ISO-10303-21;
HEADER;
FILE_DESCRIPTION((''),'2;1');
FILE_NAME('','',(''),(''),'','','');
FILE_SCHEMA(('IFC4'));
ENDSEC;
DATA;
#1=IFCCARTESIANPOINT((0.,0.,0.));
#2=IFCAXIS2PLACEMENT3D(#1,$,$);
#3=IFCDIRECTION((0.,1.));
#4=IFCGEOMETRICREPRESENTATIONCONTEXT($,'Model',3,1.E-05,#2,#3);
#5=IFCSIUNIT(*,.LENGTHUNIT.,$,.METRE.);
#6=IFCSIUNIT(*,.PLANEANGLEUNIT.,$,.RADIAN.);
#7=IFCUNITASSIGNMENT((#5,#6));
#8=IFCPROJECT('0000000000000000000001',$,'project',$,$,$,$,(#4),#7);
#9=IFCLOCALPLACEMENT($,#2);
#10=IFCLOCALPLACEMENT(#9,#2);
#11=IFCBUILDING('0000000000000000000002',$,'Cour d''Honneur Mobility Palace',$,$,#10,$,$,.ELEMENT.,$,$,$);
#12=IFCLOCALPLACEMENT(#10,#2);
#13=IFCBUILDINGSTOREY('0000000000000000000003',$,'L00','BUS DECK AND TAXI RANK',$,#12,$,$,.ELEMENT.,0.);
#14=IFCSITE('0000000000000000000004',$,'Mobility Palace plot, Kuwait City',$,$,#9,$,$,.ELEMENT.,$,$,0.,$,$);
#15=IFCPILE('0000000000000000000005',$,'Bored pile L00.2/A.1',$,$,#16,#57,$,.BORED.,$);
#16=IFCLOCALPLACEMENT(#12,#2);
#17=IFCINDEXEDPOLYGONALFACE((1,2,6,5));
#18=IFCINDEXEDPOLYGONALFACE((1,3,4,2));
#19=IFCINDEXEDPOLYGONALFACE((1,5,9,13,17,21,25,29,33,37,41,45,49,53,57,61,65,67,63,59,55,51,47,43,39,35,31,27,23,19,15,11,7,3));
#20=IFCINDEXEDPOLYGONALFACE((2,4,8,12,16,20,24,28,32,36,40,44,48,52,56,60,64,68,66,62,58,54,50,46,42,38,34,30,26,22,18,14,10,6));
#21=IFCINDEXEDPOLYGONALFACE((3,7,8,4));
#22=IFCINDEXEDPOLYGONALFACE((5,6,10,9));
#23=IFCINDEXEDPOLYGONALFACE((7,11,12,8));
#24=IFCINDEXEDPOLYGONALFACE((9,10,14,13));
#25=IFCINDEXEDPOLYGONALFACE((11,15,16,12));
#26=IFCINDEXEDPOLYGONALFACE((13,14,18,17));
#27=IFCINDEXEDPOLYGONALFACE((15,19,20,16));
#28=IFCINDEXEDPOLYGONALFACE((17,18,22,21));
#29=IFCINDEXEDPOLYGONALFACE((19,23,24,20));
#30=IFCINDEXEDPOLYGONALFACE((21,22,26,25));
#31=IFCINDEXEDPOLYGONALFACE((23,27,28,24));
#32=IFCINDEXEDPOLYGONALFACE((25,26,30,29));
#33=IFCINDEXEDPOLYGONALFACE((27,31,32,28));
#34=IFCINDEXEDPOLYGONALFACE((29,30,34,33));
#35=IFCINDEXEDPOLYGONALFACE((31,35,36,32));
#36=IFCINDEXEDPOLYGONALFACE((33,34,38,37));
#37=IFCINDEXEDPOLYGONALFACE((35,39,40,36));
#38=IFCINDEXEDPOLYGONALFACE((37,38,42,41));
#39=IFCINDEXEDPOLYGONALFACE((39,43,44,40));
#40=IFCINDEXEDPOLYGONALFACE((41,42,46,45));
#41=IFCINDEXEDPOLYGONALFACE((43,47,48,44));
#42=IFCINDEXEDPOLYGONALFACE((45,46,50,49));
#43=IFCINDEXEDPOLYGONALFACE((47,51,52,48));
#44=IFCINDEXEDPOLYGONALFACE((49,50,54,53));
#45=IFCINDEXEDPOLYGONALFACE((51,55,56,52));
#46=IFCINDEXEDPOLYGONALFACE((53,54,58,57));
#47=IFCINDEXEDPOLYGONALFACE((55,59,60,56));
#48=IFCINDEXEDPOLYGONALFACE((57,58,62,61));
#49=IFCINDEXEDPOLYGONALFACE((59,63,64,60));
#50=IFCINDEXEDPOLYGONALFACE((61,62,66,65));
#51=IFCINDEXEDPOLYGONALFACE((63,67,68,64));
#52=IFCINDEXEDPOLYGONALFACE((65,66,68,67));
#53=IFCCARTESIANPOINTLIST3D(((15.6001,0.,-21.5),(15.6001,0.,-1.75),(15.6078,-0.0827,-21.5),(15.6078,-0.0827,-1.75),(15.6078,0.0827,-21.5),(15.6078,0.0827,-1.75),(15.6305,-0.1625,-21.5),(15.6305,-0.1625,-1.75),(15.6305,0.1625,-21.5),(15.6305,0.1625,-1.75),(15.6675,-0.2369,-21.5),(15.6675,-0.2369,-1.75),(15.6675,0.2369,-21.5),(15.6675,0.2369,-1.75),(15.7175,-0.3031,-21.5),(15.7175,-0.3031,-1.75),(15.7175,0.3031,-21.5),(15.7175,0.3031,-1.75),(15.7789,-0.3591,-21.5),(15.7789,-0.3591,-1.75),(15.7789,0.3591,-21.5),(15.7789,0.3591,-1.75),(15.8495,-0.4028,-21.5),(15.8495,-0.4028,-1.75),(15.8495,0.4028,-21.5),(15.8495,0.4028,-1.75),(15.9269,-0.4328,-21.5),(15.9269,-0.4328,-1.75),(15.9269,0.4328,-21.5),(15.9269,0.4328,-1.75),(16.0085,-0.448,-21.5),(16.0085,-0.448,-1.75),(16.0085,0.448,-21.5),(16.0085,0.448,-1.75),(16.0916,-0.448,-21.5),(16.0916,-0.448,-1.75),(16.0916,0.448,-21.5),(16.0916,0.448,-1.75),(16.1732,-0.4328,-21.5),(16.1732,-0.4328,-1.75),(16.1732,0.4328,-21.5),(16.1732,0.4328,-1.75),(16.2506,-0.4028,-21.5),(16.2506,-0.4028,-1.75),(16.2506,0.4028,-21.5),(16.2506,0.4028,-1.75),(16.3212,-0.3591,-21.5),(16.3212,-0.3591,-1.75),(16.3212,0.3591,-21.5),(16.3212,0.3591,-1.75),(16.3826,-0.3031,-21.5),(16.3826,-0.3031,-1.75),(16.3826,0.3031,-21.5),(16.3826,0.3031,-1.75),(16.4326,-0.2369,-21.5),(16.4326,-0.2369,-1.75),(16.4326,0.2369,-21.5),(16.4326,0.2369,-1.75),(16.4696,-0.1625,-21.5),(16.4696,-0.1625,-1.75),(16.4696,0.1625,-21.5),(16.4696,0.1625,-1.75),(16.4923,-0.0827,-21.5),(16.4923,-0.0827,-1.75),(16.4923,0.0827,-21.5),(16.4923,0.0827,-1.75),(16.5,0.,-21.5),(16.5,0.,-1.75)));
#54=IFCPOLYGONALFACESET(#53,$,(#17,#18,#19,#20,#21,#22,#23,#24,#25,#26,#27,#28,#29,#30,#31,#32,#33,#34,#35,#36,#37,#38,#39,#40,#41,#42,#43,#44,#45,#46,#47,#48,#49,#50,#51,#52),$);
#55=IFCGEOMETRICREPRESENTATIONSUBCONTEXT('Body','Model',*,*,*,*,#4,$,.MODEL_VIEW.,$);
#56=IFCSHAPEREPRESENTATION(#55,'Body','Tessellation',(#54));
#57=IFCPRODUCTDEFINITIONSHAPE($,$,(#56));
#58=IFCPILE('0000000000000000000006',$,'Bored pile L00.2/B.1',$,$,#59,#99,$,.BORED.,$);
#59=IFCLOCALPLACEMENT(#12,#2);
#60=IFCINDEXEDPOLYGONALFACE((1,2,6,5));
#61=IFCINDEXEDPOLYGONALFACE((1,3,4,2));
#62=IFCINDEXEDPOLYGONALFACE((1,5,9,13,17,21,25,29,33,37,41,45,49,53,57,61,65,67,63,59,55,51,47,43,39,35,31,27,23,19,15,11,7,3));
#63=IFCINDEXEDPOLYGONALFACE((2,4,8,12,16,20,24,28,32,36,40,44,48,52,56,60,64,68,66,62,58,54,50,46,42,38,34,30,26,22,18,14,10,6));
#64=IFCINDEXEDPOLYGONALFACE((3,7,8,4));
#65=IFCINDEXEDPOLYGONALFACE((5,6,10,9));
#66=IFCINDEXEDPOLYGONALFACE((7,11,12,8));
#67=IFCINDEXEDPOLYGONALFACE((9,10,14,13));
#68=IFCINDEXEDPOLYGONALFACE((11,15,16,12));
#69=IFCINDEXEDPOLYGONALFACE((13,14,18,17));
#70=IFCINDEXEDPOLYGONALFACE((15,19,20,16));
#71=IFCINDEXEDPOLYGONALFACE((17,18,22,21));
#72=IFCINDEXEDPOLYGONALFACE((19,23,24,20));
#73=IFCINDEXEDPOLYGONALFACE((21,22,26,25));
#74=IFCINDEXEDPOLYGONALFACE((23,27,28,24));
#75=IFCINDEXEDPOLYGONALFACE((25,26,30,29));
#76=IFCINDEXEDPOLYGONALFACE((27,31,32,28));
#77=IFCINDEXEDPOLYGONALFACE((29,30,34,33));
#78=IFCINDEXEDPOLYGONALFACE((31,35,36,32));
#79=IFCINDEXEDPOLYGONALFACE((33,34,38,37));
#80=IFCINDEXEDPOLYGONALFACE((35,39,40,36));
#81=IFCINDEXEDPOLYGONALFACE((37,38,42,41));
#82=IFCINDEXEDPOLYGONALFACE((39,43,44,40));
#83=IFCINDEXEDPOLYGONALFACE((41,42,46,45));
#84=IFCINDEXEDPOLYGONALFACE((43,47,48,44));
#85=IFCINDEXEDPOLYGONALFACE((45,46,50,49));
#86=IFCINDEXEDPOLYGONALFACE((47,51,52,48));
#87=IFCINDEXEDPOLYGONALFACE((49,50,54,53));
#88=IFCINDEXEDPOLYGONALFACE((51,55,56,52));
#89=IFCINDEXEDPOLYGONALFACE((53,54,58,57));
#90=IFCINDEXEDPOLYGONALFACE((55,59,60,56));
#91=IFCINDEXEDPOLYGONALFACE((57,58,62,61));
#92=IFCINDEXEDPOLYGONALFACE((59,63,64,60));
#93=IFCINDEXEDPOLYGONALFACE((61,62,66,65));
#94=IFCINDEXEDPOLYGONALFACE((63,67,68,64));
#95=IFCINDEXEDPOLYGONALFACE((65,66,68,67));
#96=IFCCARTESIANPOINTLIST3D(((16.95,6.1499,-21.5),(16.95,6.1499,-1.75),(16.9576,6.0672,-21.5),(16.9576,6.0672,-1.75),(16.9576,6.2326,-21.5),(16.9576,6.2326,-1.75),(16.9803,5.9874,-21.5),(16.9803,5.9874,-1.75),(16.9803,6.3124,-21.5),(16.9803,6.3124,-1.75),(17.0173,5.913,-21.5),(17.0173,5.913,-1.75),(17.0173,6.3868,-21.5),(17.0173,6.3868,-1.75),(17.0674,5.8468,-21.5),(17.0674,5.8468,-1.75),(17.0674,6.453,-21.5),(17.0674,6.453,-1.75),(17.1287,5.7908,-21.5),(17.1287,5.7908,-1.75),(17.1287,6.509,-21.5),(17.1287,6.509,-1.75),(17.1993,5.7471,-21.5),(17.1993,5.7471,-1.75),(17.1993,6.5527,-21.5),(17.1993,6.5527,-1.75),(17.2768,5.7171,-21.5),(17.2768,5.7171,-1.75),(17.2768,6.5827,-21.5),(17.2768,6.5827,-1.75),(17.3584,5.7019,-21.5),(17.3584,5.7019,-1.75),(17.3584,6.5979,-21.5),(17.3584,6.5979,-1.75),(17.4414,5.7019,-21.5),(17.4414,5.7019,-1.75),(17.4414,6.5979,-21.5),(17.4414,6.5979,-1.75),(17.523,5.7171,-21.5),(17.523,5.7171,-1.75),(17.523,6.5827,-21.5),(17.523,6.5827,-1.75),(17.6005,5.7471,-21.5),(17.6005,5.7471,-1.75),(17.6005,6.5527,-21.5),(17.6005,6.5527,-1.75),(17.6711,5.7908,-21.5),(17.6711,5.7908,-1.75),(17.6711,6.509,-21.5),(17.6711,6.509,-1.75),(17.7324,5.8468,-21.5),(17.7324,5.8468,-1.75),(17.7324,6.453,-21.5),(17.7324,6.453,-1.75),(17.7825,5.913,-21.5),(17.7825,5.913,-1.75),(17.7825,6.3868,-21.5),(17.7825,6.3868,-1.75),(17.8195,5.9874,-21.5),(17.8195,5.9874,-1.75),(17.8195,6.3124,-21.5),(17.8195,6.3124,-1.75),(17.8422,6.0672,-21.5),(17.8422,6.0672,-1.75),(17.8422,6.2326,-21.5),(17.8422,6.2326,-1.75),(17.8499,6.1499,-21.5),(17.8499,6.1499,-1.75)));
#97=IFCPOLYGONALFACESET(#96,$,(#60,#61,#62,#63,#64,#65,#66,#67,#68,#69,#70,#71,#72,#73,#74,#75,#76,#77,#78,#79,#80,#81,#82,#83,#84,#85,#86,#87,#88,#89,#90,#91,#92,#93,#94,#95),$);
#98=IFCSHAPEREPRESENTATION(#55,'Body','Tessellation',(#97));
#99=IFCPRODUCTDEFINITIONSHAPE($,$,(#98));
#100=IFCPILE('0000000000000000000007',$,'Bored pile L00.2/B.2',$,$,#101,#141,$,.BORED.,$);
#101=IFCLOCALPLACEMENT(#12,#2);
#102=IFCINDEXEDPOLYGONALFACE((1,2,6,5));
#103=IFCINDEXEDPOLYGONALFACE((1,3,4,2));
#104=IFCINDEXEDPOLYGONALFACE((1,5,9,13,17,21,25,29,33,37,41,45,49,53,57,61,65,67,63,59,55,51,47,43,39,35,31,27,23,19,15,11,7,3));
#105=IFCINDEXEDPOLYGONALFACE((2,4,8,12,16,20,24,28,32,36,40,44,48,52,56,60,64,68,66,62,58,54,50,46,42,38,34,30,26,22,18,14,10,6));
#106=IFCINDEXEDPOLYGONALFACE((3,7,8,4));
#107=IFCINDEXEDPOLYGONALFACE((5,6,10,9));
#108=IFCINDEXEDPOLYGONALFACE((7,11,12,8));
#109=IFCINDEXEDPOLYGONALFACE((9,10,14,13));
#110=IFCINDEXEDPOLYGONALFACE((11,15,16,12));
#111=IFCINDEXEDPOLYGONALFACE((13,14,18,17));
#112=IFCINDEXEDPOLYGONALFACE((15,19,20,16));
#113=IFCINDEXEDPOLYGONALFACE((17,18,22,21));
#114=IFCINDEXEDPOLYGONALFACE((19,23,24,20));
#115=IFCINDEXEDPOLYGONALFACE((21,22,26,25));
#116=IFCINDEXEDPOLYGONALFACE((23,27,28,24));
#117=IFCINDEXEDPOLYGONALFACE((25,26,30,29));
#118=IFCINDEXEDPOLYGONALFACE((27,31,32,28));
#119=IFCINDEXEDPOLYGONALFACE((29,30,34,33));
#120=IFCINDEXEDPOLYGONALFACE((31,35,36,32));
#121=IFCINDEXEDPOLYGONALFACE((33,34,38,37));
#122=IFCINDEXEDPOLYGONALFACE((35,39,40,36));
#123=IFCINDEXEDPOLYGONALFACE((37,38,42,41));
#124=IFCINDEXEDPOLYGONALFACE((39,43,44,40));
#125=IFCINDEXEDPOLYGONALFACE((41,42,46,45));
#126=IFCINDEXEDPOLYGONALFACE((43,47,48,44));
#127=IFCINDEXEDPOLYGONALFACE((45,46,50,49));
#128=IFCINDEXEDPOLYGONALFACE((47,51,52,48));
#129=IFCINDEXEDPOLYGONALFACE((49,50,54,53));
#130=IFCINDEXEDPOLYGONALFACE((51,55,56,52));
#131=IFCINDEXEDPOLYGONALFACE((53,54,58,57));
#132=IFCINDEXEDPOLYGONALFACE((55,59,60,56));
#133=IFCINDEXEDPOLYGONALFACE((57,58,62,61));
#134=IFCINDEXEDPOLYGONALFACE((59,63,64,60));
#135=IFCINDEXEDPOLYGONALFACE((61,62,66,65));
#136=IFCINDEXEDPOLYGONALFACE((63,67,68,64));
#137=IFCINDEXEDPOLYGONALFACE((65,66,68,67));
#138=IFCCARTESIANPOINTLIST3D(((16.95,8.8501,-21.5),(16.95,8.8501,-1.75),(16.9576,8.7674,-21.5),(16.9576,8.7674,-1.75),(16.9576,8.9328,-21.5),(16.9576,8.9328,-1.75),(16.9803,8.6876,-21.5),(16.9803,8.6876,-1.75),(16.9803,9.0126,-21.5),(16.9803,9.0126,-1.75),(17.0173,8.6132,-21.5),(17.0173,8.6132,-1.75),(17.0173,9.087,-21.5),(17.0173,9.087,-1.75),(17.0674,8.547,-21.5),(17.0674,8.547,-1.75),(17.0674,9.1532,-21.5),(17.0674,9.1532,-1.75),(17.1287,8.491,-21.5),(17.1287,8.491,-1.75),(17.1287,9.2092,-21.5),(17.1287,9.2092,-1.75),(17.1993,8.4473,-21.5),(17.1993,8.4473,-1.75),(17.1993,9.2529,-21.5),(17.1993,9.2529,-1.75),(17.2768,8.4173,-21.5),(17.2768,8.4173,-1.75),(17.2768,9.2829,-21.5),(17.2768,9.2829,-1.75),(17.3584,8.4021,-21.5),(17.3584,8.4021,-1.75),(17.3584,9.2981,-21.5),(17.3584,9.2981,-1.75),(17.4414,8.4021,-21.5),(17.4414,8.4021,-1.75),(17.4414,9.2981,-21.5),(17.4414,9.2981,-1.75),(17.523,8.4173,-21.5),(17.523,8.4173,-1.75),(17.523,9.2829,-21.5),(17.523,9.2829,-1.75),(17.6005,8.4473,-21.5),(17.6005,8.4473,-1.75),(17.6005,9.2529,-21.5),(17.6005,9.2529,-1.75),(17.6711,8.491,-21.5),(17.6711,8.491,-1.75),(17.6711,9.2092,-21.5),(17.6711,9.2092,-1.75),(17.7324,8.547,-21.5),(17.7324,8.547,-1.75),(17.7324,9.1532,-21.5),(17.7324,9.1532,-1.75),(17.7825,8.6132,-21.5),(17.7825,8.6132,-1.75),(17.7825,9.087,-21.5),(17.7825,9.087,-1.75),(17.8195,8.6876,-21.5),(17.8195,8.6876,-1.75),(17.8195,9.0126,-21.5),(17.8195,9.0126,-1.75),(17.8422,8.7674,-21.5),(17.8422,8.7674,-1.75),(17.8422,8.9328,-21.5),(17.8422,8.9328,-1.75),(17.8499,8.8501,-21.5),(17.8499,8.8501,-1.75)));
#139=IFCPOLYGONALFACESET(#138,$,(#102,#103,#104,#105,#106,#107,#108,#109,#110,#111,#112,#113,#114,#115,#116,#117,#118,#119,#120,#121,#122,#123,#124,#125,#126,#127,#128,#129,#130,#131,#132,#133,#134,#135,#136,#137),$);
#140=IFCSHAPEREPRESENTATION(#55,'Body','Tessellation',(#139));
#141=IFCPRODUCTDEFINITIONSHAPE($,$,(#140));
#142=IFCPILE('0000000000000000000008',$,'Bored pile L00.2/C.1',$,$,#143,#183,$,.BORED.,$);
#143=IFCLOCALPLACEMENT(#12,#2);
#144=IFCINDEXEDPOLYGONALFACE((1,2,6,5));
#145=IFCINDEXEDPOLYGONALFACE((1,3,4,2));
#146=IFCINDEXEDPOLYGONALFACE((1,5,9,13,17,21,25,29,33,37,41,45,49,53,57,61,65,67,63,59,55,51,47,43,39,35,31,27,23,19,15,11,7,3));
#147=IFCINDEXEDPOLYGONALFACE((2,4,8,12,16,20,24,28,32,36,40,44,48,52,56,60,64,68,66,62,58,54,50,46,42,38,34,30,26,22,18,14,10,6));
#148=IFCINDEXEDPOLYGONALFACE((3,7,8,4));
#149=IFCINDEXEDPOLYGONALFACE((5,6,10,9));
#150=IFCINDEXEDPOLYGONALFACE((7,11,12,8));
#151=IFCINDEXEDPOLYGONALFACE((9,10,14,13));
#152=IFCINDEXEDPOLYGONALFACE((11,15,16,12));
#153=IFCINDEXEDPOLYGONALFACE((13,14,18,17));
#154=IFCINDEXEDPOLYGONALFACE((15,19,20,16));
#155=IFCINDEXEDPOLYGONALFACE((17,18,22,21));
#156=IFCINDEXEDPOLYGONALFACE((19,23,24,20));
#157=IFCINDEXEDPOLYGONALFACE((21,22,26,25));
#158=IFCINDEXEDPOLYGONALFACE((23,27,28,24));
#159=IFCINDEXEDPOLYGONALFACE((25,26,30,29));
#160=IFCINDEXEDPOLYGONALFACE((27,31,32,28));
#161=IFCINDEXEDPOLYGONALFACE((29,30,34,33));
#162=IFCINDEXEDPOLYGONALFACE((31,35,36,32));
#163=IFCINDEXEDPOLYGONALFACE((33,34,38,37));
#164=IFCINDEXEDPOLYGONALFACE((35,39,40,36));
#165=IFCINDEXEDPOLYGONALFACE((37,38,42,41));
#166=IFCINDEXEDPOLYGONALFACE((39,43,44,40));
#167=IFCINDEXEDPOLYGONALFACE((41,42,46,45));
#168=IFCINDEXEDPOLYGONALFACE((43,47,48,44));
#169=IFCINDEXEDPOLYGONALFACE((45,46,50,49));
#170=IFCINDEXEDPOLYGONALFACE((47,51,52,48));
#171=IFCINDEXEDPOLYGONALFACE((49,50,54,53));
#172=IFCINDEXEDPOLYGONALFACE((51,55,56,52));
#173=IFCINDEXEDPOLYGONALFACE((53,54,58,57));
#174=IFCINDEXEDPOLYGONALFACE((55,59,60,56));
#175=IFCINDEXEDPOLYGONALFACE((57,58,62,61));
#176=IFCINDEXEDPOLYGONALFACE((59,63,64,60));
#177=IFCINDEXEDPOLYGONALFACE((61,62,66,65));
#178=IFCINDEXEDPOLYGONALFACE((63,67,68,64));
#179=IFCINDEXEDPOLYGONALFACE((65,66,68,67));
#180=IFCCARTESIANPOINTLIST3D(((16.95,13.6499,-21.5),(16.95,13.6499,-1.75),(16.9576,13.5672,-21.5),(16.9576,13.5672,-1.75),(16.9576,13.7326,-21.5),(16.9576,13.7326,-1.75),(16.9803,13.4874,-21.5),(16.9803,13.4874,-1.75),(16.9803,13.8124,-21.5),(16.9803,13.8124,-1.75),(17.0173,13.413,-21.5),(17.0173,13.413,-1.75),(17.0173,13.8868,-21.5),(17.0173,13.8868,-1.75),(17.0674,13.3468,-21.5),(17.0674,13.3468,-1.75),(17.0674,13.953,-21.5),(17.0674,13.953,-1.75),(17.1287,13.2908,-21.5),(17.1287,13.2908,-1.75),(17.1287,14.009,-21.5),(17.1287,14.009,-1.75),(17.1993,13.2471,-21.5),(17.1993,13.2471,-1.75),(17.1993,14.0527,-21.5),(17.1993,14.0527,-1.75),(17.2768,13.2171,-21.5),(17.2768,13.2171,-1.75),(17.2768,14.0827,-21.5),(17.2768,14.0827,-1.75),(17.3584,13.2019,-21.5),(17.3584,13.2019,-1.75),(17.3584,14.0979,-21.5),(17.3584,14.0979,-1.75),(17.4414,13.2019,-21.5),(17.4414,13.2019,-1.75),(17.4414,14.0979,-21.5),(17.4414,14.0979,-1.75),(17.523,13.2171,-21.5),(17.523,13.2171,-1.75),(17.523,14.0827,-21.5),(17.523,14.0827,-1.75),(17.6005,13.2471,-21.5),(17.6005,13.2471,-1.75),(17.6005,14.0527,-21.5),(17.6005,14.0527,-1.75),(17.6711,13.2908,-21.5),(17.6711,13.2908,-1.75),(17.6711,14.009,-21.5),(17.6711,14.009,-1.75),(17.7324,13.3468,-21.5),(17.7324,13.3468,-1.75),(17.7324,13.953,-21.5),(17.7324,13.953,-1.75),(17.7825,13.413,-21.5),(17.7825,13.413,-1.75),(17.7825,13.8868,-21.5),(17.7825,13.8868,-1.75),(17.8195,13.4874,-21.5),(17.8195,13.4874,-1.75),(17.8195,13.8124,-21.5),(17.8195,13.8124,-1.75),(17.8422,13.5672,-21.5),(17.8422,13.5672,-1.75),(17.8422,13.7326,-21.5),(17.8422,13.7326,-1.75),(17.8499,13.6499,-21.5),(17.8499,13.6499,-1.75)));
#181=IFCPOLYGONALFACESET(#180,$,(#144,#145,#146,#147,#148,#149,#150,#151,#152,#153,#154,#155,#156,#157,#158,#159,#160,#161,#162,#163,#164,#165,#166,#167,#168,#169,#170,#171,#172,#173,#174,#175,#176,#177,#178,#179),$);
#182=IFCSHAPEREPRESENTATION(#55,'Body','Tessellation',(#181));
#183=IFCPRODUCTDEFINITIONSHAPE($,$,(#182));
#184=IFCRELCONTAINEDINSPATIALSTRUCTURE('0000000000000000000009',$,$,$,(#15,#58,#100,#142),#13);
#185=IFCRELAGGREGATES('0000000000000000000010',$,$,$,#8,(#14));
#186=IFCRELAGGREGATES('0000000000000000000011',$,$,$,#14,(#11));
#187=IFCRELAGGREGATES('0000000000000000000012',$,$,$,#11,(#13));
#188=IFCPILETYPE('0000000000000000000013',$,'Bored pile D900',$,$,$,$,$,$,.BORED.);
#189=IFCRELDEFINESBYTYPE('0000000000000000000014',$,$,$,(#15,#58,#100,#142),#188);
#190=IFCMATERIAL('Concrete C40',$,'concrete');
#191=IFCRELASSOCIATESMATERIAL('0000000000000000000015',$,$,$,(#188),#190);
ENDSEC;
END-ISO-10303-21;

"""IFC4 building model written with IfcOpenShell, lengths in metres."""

from ifc_helpers import new_model, si_unit, direction, frame, origin, origin_2d, place, context, subcontext, project, spatial, circle, extrude, material, material_profile, profile_set, type_object, element, save


model = new_model("IFC4")

# Units and contexts
model_context = context("Model", 3, precision=1e-05, world=origin(), true_north=direction((0.0, 1.0)))
body_context = subcontext(model_context, "Body", "Model", "MODEL_VIEW")
ifc_project = project(units=[si_unit("LENGTHUNIT", "METRE"), si_unit("PLANEANGLEUNIT", "RADIAN")], contexts=[model_context])

# Site, building, storey
site_placement = place(None, origin())
site = spatial("IfcSite", under=ifc_project, at=site_placement, Name="Mobility Palace plot, Kuwait City", CompositionType="ELEMENT", RefElevation=0.0)
building_placement = place(site_placement, origin())
building = spatial("IfcBuilding", under=site, at=building_placement, Name="Cour d'Honneur Mobility Palace", CompositionType="ELEMENT")
storey_placement = place(building_placement, origin())
storey = spatial("IfcBuildingStorey", under=building, at=storey_placement, Name="L00", Description="BUS DECK AND TAXI RANK", CompositionType="ELEMENT", Elevation=0.0)

# Piles
ifc_material_1 = material(Name="Concrete C40", Category="concrete")
ifc_material_profile_1 = material_profile(ifc_material_1, circle(Radius=0.45, at=origin_2d()), Name="Bored pile D900")
ifc_profile_set_1 = profile_set([ifc_material_profile_1], Name="Concrete C40")
pile_type = type_object("IfcPileType", Name="Bored pile D900", PredefinedType="BORED", material=ifc_profile_set_1)
for number, where, z_axis, x_axis, name in (
    (1, (16.05, 0.0, -1.75), (0.0, 0.0, -1.0), (1.0, 0.0, 0.0), "Bored pile L00.2/A.1"),
    (2, (17.3999, 6.1499, -1.75), (0.0, 0.0, -1.0), (1.0, 0.0, 0.0), "Bored pile L00.2/B.1"),
    (3, (17.3999, 8.8501, -1.75), (0.0, 0.0, -1.0), (1.0, 0.0, 0.0), "Bored pile L00.2/B.2"),
    (4, (17.3999, 13.6499, -1.75), (0.0, 0.0, -1.0), (1.0, 0.0, 0.0), "Bored pile L00.2/C.1"),
):
    element("IfcPile", number, at=place(storey_placement, frame(where, z_axis=z_axis, x_axis=x_axis)), inside=storey, type_object=pile_type, Name=name, PredefinedType="BORED", context=body_context, shape_type="SweptSolid", body=[
        extrude(circle(Radius=0.45, at=origin_2d()), origin(), (0.0, 0.0, 1.0), 19.75),
    ])

save(model, "model.ifc")
